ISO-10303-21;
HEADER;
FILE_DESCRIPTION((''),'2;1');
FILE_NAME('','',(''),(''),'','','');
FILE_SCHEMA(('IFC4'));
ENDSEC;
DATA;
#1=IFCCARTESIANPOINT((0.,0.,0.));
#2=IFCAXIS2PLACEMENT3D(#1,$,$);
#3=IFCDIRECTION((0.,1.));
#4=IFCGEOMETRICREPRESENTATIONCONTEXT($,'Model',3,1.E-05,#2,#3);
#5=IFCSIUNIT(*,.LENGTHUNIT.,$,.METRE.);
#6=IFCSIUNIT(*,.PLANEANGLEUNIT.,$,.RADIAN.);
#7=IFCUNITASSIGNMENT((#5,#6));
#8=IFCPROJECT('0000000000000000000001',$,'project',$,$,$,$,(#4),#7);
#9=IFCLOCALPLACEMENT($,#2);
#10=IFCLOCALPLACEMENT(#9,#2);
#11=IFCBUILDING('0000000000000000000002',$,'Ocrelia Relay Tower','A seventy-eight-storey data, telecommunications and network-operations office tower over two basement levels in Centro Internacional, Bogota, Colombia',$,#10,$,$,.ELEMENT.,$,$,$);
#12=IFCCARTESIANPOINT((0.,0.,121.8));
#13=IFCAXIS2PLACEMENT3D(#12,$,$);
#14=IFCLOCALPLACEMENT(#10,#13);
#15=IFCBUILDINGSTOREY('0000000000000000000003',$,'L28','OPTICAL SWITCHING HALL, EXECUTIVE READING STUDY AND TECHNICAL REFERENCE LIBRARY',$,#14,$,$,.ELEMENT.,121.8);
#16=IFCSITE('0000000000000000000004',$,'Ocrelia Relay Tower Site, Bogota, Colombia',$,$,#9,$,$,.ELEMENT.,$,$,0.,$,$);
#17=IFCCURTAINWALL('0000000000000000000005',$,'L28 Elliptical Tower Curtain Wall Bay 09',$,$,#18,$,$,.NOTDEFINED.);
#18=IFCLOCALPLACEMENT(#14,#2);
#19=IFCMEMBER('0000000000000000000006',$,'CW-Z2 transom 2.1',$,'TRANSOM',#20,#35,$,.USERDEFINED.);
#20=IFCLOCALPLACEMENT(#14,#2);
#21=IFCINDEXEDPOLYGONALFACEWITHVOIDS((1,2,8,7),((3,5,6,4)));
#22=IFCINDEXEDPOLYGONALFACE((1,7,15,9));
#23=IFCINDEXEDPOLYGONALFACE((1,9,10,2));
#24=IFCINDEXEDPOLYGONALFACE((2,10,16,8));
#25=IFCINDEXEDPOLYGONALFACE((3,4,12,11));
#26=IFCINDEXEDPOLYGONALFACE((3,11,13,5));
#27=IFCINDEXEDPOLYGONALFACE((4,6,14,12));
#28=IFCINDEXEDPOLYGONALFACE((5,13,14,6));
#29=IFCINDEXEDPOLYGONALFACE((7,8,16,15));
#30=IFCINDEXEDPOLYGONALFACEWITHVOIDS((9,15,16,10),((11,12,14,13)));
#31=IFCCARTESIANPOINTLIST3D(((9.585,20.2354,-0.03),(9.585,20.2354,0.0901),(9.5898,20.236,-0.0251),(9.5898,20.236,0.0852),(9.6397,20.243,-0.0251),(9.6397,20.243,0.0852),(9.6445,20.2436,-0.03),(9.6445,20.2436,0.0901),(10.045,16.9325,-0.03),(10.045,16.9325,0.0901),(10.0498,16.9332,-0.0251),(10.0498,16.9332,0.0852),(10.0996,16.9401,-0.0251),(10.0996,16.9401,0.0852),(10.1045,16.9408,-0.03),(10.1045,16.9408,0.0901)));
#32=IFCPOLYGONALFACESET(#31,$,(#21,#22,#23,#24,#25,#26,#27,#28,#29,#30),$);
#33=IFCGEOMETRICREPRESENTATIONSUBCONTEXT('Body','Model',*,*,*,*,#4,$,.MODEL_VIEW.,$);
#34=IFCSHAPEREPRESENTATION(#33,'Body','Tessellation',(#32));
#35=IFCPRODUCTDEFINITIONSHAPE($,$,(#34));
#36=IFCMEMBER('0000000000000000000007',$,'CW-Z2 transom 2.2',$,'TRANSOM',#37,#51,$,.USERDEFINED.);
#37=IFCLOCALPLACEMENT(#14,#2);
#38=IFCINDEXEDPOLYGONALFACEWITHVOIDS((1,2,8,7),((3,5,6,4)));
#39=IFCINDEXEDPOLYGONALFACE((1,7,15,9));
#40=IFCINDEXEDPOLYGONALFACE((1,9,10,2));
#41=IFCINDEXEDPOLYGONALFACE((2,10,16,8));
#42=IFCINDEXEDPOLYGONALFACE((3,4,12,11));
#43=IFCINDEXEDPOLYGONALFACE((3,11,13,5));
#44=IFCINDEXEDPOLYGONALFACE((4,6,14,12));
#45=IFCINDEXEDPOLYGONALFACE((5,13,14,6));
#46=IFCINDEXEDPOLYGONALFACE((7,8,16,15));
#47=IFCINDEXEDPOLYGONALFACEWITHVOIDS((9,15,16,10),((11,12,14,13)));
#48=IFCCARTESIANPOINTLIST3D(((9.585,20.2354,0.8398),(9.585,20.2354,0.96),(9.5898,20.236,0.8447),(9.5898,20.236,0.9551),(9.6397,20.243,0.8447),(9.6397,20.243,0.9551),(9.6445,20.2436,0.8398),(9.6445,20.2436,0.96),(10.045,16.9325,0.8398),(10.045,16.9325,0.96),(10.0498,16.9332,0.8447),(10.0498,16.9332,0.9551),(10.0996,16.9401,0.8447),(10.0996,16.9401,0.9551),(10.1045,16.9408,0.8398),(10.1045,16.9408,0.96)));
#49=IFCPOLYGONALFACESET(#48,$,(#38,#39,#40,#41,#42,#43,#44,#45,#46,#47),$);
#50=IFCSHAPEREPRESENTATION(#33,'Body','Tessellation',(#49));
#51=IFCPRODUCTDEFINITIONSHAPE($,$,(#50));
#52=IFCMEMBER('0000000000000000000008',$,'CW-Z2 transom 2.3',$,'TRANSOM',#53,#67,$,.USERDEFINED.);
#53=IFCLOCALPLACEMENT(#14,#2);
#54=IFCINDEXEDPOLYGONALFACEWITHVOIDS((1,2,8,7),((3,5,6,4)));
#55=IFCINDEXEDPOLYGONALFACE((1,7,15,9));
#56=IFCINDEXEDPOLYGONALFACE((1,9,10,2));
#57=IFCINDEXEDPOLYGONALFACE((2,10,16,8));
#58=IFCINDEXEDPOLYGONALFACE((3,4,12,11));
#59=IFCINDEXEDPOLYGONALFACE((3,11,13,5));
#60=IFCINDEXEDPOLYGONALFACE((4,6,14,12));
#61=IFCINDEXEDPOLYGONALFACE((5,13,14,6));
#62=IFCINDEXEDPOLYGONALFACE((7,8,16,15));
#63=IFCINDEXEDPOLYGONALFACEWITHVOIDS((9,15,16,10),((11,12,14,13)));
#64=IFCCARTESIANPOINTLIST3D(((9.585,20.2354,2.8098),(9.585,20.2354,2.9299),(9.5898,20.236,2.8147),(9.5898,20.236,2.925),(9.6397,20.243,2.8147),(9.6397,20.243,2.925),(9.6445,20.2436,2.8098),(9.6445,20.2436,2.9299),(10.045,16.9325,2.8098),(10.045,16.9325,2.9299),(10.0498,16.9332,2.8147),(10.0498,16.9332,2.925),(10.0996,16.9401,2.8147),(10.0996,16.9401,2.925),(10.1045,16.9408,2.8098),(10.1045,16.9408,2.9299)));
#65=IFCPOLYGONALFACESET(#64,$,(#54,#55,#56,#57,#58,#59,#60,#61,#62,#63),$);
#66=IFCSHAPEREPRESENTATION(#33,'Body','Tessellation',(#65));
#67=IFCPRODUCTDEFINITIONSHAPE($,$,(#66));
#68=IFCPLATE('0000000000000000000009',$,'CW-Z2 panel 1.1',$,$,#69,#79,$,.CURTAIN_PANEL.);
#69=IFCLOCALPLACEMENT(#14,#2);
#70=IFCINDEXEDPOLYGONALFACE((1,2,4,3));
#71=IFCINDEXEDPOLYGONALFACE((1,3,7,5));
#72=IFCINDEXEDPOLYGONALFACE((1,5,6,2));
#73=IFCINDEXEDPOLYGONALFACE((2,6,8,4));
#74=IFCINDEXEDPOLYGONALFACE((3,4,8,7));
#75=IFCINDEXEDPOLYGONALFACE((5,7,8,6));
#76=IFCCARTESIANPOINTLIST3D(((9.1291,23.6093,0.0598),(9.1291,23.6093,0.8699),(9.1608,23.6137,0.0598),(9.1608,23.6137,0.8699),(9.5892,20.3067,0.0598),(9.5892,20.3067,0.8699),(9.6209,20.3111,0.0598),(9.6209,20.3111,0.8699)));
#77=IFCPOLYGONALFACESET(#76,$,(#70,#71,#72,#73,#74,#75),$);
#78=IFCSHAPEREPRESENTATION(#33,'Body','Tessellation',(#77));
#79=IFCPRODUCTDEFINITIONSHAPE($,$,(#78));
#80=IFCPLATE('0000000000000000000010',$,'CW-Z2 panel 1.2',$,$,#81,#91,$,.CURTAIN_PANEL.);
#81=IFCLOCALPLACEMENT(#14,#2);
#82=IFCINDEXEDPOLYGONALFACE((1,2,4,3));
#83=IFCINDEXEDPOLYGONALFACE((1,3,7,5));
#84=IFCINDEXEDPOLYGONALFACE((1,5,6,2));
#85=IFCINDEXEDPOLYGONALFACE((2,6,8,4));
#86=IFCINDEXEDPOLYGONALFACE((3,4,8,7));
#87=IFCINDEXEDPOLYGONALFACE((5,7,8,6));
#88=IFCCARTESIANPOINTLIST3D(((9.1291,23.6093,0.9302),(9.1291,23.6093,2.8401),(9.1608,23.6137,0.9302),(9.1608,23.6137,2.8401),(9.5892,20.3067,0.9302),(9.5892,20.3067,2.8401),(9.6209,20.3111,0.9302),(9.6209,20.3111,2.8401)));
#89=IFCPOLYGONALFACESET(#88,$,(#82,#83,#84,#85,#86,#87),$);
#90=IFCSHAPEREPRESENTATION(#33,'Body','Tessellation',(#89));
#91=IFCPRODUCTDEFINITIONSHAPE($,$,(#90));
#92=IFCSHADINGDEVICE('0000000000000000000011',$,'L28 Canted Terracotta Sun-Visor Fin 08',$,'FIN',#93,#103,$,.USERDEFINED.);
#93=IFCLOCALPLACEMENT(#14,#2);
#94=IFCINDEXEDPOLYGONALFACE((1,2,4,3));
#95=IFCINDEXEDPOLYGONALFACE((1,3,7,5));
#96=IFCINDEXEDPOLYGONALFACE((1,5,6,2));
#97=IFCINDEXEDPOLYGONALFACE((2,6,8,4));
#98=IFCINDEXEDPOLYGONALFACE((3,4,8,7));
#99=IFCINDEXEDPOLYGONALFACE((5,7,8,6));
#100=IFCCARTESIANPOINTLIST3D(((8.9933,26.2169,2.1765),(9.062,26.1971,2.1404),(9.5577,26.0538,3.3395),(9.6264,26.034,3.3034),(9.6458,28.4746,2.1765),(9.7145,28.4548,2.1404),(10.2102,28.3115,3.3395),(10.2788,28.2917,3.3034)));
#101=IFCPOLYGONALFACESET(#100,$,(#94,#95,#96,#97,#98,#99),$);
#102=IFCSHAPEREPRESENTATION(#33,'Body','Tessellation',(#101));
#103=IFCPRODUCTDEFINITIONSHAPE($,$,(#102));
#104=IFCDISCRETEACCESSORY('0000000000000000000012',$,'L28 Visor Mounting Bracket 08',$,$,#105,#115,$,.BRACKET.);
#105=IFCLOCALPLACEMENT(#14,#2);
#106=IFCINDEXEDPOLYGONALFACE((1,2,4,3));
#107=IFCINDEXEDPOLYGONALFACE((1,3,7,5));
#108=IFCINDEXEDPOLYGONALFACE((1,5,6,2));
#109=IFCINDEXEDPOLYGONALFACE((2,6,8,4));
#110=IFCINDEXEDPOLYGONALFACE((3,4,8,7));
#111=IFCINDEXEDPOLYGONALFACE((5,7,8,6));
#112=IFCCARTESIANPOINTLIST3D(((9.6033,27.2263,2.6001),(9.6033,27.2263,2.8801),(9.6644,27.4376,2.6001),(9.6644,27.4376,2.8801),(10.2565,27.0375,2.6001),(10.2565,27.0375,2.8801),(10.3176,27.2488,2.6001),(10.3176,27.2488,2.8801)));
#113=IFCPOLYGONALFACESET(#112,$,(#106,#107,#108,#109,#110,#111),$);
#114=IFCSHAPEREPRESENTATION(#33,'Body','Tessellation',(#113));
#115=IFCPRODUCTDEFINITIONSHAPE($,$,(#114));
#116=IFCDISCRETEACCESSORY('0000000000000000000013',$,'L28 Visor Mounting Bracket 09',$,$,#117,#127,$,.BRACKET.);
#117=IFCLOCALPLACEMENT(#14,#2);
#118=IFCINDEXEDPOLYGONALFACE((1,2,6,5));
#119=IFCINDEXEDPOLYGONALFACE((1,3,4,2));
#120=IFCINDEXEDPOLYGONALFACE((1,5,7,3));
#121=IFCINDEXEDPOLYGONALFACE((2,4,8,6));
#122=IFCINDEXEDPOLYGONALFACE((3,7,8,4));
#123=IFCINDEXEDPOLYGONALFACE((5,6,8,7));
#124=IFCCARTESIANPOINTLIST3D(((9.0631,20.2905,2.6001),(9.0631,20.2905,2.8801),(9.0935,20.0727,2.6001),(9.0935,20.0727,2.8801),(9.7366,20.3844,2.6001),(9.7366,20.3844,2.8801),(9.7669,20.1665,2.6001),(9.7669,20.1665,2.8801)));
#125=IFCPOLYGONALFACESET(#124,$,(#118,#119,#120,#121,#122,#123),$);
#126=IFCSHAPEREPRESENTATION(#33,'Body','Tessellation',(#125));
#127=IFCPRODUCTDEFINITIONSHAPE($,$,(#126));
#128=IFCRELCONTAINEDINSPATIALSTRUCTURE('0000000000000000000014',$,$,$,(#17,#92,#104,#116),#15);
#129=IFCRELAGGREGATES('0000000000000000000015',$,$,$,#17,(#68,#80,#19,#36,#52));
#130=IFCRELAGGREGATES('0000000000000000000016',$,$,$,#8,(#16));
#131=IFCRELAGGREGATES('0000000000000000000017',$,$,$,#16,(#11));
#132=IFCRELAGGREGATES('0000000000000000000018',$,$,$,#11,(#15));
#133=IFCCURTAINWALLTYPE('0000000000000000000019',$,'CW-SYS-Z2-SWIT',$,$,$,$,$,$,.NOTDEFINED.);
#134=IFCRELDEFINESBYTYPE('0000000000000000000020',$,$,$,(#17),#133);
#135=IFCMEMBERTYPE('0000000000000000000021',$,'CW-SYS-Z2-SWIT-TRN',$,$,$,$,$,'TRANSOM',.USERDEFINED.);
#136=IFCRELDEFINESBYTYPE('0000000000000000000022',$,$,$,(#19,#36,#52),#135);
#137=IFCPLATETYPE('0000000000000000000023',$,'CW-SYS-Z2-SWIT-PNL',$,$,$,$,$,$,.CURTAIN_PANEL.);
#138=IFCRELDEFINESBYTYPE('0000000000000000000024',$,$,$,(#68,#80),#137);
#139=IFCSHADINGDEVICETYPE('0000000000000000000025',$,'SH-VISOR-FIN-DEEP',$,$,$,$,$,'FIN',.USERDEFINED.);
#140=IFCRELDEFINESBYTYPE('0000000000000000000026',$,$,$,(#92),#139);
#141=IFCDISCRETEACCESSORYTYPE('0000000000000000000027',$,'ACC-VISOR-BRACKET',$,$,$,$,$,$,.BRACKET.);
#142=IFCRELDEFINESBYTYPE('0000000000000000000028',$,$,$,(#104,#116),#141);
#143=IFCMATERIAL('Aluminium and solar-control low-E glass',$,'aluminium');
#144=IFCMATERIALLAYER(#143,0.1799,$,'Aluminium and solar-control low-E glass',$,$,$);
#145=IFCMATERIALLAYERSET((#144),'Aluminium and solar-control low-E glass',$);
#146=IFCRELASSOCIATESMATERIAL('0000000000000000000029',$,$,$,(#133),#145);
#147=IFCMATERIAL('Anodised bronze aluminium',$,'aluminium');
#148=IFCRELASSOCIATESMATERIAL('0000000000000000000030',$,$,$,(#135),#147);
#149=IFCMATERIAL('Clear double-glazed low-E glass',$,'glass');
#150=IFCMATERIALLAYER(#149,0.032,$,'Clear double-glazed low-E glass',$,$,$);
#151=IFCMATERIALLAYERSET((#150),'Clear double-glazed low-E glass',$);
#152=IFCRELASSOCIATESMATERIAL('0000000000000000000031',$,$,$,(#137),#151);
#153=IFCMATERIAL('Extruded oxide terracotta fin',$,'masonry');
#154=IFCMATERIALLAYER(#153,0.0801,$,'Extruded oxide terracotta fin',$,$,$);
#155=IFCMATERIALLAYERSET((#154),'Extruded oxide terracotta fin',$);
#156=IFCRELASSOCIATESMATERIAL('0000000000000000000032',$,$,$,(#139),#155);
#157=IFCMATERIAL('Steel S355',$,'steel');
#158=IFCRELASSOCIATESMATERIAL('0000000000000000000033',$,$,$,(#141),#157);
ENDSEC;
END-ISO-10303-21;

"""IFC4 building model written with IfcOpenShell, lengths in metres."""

from ifc_helpers import new_model, si_unit, direction, frame, origin, origin_2d, place, context, subcontext, project, spatial, rectangle, hollow_rectangle, extrude, material, layer, layer_set, material_profile, profile_set, type_object, element, aggregate, save


model = new_model("IFC4")

# Units and contexts
model_context = context("Model", 3, precision=1e-05, world=origin(), true_north=direction((0.0, 1.0)))
body_context = subcontext(model_context, "Body", "Model", "MODEL_VIEW")
ifc_project = project(units=[si_unit("LENGTHUNIT", "METRE"), si_unit("PLANEANGLEUNIT", "RADIAN")], contexts=[model_context])

# Site, building, storey
site_placement = place(None, origin())
site = spatial("IfcSite", under=ifc_project, at=site_placement, Name="Ocrelia Relay Tower Site, Bogota, Colombia", CompositionType="ELEMENT", RefElevation=0.0)
building_placement = place(site_placement, origin())
building = spatial("IfcBuilding", under=site, at=building_placement, Name="Ocrelia Relay Tower", Description="A seventy-eight-storey data, telecommunications and network-operations office tower over two basement levels in Centro Internacional, Bogota, Colombia", CompositionType="ELEMENT")
storey_placement = place(building_placement, frame((0.0, 0.0, 121.8)))
storey = spatial("IfcBuildingStorey", under=building, at=storey_placement, Name="L28", Description="OPTICAL SWITCHING HALL, EXECUTIVE READING STUDY AND TECHNICAL REFERENCE LIBRARY", CompositionType="ELEMENT", Elevation=121.8)

# Shared definitions
ifc_material_1 = material(Name="Steel S355", Category="steel")

# Curtain wall, members, plates
ifc_material_2 = material(Name="Aluminium and solar-control low-E glass", Category="aluminium")
ifc_layer_1 = layer(ifc_material_2, 0.1799, Name="Aluminium and solar-control low-E glass")
ifc_layer_set_1 = layer_set([ifc_layer_1], Name="Aluminium and solar-control low-E glass")
curtain_wall_type = type_object("IfcCurtainWallType", Name="CW-SYS-Z2-SWIT", PredefinedType="NOTDEFINED", material=ifc_layer_set_1)
curtain_wall_placement = place(storey_placement, origin())
curtain_wall = element("IfcCurtainWall", 1, at=curtain_wall_placement, inside=storey, type_object=curtain_wall_type, Name="L28 Elliptical Tower Curtain Wall Bay 09", PredefinedType="NOTDEFINED")
ifc_material_3 = material(Name="Anodised bronze aluminium", Category="aluminium")
ifc_material_profile_1 = material_profile(ifc_material_3, hollow_rectangle(XDim=0.0601, YDim=0.1201, WallThickness=0.0049, at=origin_2d()), Name="CW-TRN-120x60")
ifc_profile_set_1 = profile_set([ifc_material_profile_1], Name="Anodised bronze aluminium")
member_type_1 = type_object("IfcMemberType", Name="CW-SYS-Z2-SWIT-TRN", ElementType="TRANSOM", PredefinedType="USERDEFINED", material=ifc_profile_set_1)
member_1_placement = place(storey_placement, frame((9.6147, 20.2395, 0.03), z_axis=(0.137935, -0.990441, 0.0), x_axis=(0.990441, 0.137935, 0.0)))
member_1 = element("IfcMember", 2, at=member_1_placement, type_object=member_type_1, Name="CW-Z2 transom 2.1", ObjectType="TRANSOM", PredefinedType="USERDEFINED", context=body_context, shape_type="SweptSolid", body=[
    extrude(hollow_rectangle(XDim=0.0601, YDim=0.1201, WallThickness=0.0049, at=origin_2d()), origin(), (0.0, 0.0, 1.0), 3.3347),
])
member_2_placement = place(storey_placement, frame((9.6147, 20.2395, 0.8999), z_axis=(0.137935, -0.990441, 0.0), x_axis=(0.990441, 0.137935, 0.0)))
member_2 = element("IfcMember", 3, at=member_2_placement, type_object=member_type_1, Name="CW-Z2 transom 2.2", ObjectType="TRANSOM", PredefinedType="USERDEFINED", context=body_context, shape_type="SweptSolid", body=[
    extrude(hollow_rectangle(XDim=0.0601, YDim=0.1201, WallThickness=0.0049, at=origin_2d()), origin(), (0.0, 0.0, 1.0), 3.3347),
])
member_3_placement = place(storey_placement, frame((9.6147, 20.2395, 2.8699), z_axis=(0.137935, -0.990441, 0.0), x_axis=(0.990441, 0.137935, 0.0)))
member_3 = element("IfcMember", 4, at=member_3_placement, type_object=member_type_1, Name="CW-Z2 transom 2.3", ObjectType="TRANSOM", PredefinedType="USERDEFINED", context=body_context, shape_type="SweptSolid", body=[
    extrude(hollow_rectangle(XDim=0.0601, YDim=0.1201, WallThickness=0.0049, at=origin_2d()), origin(), (0.0, 0.0, 1.0), 3.3347),
])
ifc_material_4 = material(Name="Clear double-glazed low-E glass", Category="glass")
ifc_layer_2 = layer(ifc_material_4, 0.032, Name="Clear double-glazed low-E glass")
ifc_layer_set_2 = layer_set([ifc_layer_2], Name="Clear double-glazed low-E glass")
plate_type = type_object("IfcPlateType", Name="CW-SYS-Z2-SWIT-PNL", PredefinedType="CURTAIN_PANEL", material=ifc_layer_set_2)
plate_1_placement = place(storey_placement, frame((9.375, 21.9602, 0.0598), z_axis=(0.0, 0.0, 1.0), x_axis=(0.137983, -0.990435, 0.0)))
plate_1 = element("IfcPlate", 5, at=plate_1_placement, type_object=plate_type, Name="CW-Z2 panel 1.1", PredefinedType="CURTAIN_PANEL", context=body_context, shape_type="SweptSolid", body=[
    extrude(rectangle(XDim=3.3345, YDim=0.032, at=origin_2d()), origin(), (0.0, 0.0, 1.0), 0.8101),
])
plate_2_placement = place(storey_placement, frame((9.375, 21.9602, 0.9302), z_axis=(0.0, 0.0, 1.0), x_axis=(0.137983, -0.990435, 0.0)))
plate_2 = element("IfcPlate", 6, at=plate_2_placement, type_object=plate_type, Name="CW-Z2 panel 1.2", PredefinedType="CURTAIN_PANEL", context=body_context, shape_type="SweptSolid", body=[
    extrude(rectangle(XDim=3.3345, YDim=0.032, at=origin_2d()), origin(), (0.0, 0.0, 1.0), 1.9099),
])
aggregate(curtain_wall, [plate_1, plate_2, member_1, member_2, member_3])

# Shading device
ifc_material_5 = material(Name="Extruded oxide terracotta fin", Category="masonry")
ifc_layer_3 = layer(ifc_material_5, 0.0801, Name="Extruded oxide terracotta fin")
ifc_layer_set_3 = layer_set([ifc_layer_3], Name="Extruded oxide terracotta fin")
shading_device_type = type_object("IfcShadingDeviceType", Name="SH-VISOR-FIN-DEEP", ElementType="FIN", PredefinedType="USERDEFINED", material=ifc_layer_set_3)
shading_device_placement = place(storey_placement, frame((9.6704, 27.2444, 2.7219), z_axis=(-0.857494, 0.247818, 0.450878), x_axis=(-0.277641, -0.960685, 0.0)))
element("IfcShadingDevice", 7, at=shading_device_placement, inside=storey, type_object=shading_device_type, Name="L28 Canted Terracotta Sun-Visor Fin 08", ObjectType="FIN", PredefinedType="USERDEFINED", context=body_context, shape_type="SweptSolid", body=[
    extrude(rectangle(XDim=2.3501, YDim=1.303, at=origin_2d()), origin(), (0.0, 0.0, 1.0), 0.0801),
])

# Discrete accessories
discrete_accessory_type = type_object("IfcDiscreteAccessoryType", Name="ACC-VISOR-BRACKET", PredefinedType="BRACKET", material=ifc_material_1)
for number, where, z_axis, x_axis, name in (
    (8, (9.9604, 27.2375, 2.6001), (0.0, 0.0, 1.0), (-0.277641, -0.960685, 0.0), "L28 Visor Mounting Bracket 08"),
    (9, (9.415, 20.2285, 2.6001), (0.0, 0.0, 1.0), (0.137983, -0.990435, 0.0), "L28 Visor Mounting Bracket 09"),
):
    element("IfcDiscreteAccessory", number, at=place(storey_placement, frame(where, z_axis=z_axis, x_axis=x_axis)), inside=storey, type_object=discrete_accessory_type, Name=name, PredefinedType="BRACKET", context=body_context, shape_type="SweptSolid", body=[
        extrude(rectangle(XDim=0.22, YDim=0.6799, at=origin_2d()), origin(), (0.0, 0.0, 1.0), 0.28),
    ])

save(model, "model.ifc")
